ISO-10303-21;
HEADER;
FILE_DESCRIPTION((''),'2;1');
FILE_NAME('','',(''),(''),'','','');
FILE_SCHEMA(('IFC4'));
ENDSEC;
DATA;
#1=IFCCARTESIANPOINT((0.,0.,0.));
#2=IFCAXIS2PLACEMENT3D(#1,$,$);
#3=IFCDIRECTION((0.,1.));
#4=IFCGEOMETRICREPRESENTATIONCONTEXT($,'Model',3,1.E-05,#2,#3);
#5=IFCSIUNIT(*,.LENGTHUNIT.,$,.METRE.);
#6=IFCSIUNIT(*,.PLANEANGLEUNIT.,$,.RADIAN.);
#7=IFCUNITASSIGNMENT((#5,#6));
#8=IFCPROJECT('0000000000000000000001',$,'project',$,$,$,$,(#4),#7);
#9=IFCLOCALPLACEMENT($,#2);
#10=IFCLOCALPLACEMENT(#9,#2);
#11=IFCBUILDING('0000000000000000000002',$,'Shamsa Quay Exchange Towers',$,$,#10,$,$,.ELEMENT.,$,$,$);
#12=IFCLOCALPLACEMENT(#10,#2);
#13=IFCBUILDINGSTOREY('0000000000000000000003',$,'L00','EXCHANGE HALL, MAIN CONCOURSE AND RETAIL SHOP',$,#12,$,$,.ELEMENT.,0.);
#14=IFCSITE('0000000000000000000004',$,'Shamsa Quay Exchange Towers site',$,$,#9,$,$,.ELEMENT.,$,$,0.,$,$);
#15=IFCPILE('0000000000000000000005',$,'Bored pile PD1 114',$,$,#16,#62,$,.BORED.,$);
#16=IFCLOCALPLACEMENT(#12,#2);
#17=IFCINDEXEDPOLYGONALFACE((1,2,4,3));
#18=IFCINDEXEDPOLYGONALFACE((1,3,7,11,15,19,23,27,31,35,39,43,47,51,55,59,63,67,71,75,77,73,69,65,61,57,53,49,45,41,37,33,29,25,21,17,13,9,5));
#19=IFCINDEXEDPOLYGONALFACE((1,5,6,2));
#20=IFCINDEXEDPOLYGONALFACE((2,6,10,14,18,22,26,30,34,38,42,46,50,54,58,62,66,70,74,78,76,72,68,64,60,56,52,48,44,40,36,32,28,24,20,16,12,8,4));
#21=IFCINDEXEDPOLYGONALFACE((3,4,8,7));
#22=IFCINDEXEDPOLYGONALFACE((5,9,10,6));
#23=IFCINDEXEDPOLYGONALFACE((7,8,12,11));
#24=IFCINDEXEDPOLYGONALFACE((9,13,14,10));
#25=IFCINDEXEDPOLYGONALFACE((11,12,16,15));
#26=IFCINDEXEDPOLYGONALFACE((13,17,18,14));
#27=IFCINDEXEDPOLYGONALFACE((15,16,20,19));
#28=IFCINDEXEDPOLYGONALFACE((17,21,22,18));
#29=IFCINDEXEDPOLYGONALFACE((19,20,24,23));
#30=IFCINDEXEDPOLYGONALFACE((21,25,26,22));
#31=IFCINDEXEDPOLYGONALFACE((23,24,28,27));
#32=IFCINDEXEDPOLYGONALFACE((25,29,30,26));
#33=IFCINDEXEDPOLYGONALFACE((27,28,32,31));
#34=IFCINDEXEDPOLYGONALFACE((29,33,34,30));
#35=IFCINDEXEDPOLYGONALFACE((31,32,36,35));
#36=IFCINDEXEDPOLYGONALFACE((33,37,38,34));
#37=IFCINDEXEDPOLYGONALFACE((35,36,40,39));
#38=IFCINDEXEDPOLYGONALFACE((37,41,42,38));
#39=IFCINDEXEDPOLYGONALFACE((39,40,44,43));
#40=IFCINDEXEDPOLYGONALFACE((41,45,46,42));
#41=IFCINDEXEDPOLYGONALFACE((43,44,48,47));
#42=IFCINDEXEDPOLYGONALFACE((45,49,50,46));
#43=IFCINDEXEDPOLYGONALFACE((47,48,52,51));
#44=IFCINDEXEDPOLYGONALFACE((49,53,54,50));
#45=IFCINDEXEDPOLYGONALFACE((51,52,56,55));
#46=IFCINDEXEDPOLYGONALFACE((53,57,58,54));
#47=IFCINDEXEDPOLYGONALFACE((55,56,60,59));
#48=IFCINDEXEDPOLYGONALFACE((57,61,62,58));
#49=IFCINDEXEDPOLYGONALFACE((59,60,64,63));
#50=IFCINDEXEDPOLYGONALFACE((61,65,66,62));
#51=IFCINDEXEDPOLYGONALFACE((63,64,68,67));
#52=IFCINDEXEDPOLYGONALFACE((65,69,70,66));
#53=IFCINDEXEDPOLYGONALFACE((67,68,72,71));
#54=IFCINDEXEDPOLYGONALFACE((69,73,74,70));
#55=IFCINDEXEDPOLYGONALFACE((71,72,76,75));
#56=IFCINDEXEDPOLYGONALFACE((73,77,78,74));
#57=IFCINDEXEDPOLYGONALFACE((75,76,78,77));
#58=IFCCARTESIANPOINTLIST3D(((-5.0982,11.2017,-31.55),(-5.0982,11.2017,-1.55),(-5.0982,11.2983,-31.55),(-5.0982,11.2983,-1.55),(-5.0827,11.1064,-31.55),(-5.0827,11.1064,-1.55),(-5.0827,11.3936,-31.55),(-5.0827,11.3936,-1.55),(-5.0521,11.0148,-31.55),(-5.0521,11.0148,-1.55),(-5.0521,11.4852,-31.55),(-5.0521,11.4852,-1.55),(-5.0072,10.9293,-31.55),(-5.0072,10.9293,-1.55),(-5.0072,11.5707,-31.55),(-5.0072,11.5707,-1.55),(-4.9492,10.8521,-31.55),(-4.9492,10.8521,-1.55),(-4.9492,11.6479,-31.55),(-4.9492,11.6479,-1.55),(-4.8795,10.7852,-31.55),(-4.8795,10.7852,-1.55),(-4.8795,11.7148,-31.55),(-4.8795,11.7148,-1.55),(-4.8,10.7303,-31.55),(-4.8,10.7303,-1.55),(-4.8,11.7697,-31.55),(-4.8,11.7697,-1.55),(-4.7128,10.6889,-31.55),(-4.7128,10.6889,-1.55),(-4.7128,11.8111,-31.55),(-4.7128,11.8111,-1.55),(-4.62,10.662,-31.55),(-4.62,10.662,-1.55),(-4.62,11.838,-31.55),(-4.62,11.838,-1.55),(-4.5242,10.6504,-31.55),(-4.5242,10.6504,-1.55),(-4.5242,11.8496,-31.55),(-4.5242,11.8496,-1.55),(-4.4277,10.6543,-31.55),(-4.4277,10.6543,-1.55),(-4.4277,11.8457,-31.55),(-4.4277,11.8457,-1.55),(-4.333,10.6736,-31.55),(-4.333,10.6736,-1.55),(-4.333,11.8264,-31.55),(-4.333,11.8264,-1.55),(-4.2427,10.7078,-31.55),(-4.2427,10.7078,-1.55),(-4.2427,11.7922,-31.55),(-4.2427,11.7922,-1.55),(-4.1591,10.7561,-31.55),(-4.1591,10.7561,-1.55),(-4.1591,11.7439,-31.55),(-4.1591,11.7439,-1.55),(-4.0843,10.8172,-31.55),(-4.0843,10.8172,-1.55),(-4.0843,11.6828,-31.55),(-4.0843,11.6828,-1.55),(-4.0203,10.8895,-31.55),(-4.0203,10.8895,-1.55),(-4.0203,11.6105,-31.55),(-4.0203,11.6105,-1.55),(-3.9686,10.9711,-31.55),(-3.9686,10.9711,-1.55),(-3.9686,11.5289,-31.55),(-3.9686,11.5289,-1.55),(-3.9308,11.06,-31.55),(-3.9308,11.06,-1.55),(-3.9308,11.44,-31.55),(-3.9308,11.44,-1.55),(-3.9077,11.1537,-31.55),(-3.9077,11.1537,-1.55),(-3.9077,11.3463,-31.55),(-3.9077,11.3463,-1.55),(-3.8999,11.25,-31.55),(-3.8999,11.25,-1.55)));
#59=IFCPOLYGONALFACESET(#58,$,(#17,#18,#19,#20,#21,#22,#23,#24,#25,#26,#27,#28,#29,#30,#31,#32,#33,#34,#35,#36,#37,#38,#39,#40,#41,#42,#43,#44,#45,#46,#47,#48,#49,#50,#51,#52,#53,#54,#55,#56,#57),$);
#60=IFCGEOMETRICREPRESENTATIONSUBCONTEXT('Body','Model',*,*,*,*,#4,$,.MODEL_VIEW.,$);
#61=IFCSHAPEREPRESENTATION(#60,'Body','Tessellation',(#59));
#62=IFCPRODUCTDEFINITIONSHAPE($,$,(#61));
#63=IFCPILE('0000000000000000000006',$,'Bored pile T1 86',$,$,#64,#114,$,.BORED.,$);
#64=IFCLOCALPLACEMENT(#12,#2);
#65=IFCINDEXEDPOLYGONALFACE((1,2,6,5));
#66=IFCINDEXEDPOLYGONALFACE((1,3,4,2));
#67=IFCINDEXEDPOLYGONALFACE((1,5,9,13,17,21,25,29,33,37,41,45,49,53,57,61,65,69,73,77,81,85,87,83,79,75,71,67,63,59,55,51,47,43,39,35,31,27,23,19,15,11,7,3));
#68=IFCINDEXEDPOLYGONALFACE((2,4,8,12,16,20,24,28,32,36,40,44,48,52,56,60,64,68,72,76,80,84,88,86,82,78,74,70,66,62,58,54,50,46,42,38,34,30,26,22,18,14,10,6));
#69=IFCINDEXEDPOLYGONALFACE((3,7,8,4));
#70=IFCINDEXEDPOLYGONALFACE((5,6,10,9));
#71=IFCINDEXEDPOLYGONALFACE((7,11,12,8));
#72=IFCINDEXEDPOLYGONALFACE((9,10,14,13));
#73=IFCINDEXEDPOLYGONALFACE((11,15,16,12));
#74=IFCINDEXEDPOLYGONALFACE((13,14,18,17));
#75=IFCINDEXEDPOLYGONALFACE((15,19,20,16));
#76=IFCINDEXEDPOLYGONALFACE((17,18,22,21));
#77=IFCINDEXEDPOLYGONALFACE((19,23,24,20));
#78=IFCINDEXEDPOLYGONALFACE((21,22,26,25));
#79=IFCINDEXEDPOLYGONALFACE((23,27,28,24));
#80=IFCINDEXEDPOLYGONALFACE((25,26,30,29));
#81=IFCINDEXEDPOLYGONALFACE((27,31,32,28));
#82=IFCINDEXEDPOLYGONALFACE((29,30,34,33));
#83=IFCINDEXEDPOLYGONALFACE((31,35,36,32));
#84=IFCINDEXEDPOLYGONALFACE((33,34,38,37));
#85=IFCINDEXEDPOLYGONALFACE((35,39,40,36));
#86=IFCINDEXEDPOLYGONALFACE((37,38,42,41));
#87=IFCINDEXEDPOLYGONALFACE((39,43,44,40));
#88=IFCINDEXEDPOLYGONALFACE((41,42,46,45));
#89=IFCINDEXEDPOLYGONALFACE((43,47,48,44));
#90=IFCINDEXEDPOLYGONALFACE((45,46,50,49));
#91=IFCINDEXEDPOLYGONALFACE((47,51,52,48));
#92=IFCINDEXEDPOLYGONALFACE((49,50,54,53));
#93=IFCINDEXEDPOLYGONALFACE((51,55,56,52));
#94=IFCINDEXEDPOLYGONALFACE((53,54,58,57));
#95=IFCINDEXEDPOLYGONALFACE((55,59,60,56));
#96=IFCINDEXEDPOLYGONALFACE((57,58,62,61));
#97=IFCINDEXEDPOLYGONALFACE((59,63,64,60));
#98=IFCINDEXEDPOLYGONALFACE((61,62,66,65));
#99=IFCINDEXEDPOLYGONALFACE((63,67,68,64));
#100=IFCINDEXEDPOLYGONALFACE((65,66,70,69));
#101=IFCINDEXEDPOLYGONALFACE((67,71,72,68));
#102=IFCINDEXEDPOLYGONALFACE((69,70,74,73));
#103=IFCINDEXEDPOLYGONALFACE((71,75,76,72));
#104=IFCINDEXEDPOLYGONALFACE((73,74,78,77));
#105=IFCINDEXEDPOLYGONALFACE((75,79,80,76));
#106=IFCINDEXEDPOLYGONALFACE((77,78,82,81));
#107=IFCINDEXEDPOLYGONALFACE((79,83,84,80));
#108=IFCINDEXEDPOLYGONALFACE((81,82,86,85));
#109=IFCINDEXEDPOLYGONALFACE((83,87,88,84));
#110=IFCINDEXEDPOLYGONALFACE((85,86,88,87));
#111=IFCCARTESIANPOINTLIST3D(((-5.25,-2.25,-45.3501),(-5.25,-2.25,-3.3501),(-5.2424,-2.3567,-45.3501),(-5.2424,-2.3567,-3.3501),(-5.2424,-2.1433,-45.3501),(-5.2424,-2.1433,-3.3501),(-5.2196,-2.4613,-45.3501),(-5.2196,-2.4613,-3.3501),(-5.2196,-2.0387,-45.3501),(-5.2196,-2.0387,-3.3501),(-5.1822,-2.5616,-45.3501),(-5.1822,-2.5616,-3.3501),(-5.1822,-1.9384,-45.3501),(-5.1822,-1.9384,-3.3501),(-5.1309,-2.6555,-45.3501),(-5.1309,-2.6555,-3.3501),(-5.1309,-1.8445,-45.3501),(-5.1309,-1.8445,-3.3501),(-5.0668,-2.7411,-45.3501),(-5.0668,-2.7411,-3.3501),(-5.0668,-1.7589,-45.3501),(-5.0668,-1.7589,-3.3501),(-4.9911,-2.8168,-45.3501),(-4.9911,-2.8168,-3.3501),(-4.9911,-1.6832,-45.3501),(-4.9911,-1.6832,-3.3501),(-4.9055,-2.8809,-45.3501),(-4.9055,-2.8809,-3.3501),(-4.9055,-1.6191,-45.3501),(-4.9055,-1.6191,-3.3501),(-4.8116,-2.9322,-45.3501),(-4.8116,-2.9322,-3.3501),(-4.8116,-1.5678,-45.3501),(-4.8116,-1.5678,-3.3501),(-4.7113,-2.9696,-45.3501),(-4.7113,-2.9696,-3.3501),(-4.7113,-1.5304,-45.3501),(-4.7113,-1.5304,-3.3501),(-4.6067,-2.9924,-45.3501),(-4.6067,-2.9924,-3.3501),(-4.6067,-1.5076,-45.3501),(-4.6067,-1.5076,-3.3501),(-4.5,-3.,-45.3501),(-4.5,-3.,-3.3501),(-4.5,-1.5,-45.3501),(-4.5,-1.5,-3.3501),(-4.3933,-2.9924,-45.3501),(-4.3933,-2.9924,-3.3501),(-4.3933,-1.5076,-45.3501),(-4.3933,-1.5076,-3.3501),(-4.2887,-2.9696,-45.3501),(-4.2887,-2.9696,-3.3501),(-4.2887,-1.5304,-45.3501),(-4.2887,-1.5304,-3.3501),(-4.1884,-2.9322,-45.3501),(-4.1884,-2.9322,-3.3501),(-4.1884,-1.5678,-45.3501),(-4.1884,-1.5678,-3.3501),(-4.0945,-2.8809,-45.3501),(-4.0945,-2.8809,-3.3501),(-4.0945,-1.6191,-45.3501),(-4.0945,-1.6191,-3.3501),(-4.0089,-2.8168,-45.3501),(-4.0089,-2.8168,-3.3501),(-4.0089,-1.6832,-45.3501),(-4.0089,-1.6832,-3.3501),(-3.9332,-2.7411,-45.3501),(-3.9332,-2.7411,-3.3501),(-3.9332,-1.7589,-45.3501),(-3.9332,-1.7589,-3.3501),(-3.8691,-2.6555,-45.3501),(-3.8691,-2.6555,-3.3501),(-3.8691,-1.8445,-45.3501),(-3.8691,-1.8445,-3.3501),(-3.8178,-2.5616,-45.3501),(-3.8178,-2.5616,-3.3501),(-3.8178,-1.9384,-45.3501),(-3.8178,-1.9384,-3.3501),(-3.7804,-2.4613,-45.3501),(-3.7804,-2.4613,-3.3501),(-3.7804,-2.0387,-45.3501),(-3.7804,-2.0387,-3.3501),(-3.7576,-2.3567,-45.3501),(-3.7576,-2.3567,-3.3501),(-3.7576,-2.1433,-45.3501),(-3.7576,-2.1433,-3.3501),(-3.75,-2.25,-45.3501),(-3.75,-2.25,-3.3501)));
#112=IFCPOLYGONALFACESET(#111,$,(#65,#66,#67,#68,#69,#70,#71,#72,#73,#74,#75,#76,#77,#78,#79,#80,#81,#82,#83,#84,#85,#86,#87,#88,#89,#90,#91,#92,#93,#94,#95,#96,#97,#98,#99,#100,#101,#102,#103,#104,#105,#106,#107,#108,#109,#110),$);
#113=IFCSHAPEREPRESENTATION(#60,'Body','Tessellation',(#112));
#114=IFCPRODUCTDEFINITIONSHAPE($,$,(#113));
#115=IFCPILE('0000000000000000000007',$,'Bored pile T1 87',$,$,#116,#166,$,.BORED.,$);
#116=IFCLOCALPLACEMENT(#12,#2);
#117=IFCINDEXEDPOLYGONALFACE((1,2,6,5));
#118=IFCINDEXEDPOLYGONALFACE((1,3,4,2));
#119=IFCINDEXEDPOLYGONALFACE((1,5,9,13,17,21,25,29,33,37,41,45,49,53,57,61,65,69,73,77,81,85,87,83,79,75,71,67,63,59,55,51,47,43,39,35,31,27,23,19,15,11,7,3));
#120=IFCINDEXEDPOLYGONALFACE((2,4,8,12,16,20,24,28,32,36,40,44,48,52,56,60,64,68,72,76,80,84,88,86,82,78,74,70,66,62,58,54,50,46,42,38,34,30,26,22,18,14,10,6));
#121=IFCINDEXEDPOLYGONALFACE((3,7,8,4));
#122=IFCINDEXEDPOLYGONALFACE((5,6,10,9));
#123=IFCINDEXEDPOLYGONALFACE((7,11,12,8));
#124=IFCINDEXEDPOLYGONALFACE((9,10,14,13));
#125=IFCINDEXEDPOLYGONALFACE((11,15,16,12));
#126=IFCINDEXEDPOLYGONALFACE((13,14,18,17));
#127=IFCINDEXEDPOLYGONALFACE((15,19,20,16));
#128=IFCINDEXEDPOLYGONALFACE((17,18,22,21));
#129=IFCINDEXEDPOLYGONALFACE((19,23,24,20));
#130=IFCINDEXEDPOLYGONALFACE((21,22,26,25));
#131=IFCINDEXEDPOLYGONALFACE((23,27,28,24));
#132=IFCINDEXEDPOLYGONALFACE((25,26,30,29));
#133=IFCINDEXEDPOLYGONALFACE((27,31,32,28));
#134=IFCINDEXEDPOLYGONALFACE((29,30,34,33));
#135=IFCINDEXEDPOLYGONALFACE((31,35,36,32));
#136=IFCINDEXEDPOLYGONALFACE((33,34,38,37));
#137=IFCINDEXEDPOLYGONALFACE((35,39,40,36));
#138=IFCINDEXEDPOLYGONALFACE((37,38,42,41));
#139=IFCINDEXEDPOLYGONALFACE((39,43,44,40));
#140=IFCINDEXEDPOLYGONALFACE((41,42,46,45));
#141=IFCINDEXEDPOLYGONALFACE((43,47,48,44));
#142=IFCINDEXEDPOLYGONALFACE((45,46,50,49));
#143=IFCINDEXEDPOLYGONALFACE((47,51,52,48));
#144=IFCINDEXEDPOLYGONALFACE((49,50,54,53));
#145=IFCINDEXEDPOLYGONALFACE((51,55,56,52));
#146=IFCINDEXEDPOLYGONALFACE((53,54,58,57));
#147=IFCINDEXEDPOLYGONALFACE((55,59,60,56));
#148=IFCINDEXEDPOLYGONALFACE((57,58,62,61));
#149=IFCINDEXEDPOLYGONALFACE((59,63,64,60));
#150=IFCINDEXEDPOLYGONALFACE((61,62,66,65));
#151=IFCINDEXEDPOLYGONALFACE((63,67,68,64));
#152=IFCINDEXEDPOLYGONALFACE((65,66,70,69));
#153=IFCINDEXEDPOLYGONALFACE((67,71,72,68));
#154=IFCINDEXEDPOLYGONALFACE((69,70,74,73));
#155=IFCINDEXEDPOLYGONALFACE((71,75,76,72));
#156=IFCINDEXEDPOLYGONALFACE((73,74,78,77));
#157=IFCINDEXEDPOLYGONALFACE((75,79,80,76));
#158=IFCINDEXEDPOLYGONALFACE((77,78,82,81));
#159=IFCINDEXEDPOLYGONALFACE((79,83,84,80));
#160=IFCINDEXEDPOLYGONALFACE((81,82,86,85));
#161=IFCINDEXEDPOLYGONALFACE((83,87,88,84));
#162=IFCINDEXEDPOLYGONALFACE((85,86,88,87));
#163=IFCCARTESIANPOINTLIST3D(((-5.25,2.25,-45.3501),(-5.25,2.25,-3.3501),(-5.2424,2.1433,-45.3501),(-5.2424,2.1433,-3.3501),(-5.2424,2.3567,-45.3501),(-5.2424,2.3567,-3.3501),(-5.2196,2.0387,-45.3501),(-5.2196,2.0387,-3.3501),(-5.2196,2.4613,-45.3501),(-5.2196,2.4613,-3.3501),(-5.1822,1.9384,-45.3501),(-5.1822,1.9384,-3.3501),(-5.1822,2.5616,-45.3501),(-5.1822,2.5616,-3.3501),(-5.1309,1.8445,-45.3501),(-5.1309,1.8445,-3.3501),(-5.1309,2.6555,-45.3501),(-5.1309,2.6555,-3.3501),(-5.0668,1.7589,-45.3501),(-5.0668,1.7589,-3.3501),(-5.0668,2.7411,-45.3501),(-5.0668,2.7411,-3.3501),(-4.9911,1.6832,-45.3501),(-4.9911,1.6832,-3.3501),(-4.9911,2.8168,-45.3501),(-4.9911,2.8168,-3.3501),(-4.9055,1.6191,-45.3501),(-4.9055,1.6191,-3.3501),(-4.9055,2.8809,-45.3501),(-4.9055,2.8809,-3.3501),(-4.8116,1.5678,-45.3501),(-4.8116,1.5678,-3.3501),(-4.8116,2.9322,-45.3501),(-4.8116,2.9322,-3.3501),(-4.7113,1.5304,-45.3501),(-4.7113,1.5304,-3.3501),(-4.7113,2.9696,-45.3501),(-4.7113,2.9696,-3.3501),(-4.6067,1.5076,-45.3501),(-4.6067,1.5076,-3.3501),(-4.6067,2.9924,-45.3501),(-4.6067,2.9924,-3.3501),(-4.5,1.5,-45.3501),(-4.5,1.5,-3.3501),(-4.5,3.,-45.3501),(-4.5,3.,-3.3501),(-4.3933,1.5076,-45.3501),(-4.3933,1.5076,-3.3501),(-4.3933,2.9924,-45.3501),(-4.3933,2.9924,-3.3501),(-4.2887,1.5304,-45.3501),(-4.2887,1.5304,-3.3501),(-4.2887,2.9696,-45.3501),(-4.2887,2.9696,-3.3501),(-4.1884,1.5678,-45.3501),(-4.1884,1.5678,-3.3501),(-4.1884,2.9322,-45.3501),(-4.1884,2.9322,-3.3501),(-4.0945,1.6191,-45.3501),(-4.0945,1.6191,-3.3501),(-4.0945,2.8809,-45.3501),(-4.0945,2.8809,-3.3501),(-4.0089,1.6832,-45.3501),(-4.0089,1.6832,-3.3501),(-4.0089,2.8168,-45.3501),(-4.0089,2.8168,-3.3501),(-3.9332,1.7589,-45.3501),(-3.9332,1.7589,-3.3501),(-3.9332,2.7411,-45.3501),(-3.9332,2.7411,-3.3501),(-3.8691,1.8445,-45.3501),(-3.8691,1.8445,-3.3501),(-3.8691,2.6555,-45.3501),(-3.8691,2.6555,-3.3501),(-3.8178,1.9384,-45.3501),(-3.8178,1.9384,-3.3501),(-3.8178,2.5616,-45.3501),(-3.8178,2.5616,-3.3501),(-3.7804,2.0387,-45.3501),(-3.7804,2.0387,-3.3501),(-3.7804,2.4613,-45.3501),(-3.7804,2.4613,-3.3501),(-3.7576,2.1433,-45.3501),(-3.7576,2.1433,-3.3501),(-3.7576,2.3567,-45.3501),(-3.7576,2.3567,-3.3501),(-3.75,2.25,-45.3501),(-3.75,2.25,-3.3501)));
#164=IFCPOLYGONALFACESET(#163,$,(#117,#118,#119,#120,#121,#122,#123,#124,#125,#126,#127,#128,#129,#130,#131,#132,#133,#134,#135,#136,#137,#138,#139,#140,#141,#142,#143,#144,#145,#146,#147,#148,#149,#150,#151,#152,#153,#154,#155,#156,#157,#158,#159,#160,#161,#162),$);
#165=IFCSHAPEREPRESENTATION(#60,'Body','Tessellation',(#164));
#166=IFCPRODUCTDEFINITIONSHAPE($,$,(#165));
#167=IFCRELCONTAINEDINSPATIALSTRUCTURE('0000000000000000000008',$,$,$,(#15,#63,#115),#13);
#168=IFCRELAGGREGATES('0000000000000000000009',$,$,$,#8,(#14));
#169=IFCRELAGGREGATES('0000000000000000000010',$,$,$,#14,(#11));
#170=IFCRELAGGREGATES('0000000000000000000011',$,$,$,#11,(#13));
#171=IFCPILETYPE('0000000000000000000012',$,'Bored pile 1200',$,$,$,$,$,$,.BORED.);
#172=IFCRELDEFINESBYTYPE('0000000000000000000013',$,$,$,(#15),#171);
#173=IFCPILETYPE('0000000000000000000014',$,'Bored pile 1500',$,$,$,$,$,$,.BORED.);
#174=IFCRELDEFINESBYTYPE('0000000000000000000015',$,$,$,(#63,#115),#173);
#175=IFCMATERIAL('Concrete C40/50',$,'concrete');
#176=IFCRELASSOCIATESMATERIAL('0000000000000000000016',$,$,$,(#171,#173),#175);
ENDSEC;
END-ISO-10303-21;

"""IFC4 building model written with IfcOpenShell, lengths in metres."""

from ifc_helpers import new_model, si_unit, direction, frame, origin, origin_2d, place, context, subcontext, project, spatial, circle, extrude, material, material_profile, profile_set, type_object, element, save


model = new_model("IFC4")

# Units and contexts
model_context = context("Model", 3, precision=1e-05, world=origin(), true_north=direction((0.0, 1.0)))
body_context = subcontext(model_context, "Body", "Model", "MODEL_VIEW")
ifc_project = project(units=[si_unit("LENGTHUNIT", "METRE"), si_unit("PLANEANGLEUNIT", "RADIAN")], contexts=[model_context])

# Site, building, storey
site_placement = place(None, origin())
site = spatial("IfcSite", under=ifc_project, at=site_placement, Name="Shamsa Quay Exchange Towers site", CompositionType="ELEMENT", RefElevation=0.0)
building_placement = place(site_placement, origin())
building = spatial("IfcBuilding", under=site, at=building_placement, Name="Shamsa Quay Exchange Towers", CompositionType="ELEMENT")
storey_placement = place(building_placement, origin())
storey = spatial("IfcBuildingStorey", under=building, at=storey_placement, Name="L00", Description="EXCHANGE HALL, MAIN CONCOURSE AND RETAIL SHOP", CompositionType="ELEMENT", Elevation=0.0)

# Piles
ifc_material_1 = material(Name="Concrete C40/50", Category="concrete")
ifc_material_profile_1 = material_profile(ifc_material_1, circle(Radius=0.6001, at=origin_2d()), Name="BP1200")
ifc_profile_set_1 = profile_set([ifc_material_profile_1], Name="Concrete C40/50")
pile_type_1 = type_object("IfcPileType", Name="Bored pile 1200", PredefinedType="BORED", material=ifc_profile_set_1)
pile_placement = place(storey_placement, frame((-4.5, 11.25, -1.55), z_axis=(0.0, 0.0, -1.0), x_axis=(1.0, 0.0, 0.0)))
element("IfcPile", 1, at=pile_placement, inside=storey, type_object=pile_type_1, Name="Bored pile PD1 114", PredefinedType="BORED", context=body_context, shape_type="SweptSolid", body=[
    extrude(circle(Radius=0.6001, at=origin_2d()), origin(), (0.0, 0.0, 1.0), 30.0),
])
ifc_material_profile_2 = material_profile(ifc_material_1, circle(Radius=0.75, at=origin_2d()), Name="BP1500")
ifc_profile_set_2 = profile_set([ifc_material_profile_2], Name="Concrete C40/50")
pile_type_2 = type_object("IfcPileType", Name="Bored pile 1500", PredefinedType="BORED", material=ifc_profile_set_2)
for number, where, z_axis, x_axis, name in (
    (2, (-4.5, -2.25, -3.3501), (0.0, 0.0, -1.0), (1.0, 0.0, 0.0), "Bored pile T1 86"),
    (3, (-4.5, 2.25, -3.3501), (0.0, 0.0, -1.0), (1.0, 0.0, 0.0), "Bored pile T1 87"),
):
    element("IfcPile", number, at=place(storey_placement, frame(where, z_axis=z_axis, x_axis=x_axis)), inside=storey, type_object=pile_type_2, Name=name, PredefinedType="BORED", context=body_context, shape_type="SweptSolid", body=[
        extrude(circle(Radius=0.75, at=origin_2d()), origin(), (0.0, 0.0, 1.0), 42.0),
    ])

save(model, "model.ifc")
